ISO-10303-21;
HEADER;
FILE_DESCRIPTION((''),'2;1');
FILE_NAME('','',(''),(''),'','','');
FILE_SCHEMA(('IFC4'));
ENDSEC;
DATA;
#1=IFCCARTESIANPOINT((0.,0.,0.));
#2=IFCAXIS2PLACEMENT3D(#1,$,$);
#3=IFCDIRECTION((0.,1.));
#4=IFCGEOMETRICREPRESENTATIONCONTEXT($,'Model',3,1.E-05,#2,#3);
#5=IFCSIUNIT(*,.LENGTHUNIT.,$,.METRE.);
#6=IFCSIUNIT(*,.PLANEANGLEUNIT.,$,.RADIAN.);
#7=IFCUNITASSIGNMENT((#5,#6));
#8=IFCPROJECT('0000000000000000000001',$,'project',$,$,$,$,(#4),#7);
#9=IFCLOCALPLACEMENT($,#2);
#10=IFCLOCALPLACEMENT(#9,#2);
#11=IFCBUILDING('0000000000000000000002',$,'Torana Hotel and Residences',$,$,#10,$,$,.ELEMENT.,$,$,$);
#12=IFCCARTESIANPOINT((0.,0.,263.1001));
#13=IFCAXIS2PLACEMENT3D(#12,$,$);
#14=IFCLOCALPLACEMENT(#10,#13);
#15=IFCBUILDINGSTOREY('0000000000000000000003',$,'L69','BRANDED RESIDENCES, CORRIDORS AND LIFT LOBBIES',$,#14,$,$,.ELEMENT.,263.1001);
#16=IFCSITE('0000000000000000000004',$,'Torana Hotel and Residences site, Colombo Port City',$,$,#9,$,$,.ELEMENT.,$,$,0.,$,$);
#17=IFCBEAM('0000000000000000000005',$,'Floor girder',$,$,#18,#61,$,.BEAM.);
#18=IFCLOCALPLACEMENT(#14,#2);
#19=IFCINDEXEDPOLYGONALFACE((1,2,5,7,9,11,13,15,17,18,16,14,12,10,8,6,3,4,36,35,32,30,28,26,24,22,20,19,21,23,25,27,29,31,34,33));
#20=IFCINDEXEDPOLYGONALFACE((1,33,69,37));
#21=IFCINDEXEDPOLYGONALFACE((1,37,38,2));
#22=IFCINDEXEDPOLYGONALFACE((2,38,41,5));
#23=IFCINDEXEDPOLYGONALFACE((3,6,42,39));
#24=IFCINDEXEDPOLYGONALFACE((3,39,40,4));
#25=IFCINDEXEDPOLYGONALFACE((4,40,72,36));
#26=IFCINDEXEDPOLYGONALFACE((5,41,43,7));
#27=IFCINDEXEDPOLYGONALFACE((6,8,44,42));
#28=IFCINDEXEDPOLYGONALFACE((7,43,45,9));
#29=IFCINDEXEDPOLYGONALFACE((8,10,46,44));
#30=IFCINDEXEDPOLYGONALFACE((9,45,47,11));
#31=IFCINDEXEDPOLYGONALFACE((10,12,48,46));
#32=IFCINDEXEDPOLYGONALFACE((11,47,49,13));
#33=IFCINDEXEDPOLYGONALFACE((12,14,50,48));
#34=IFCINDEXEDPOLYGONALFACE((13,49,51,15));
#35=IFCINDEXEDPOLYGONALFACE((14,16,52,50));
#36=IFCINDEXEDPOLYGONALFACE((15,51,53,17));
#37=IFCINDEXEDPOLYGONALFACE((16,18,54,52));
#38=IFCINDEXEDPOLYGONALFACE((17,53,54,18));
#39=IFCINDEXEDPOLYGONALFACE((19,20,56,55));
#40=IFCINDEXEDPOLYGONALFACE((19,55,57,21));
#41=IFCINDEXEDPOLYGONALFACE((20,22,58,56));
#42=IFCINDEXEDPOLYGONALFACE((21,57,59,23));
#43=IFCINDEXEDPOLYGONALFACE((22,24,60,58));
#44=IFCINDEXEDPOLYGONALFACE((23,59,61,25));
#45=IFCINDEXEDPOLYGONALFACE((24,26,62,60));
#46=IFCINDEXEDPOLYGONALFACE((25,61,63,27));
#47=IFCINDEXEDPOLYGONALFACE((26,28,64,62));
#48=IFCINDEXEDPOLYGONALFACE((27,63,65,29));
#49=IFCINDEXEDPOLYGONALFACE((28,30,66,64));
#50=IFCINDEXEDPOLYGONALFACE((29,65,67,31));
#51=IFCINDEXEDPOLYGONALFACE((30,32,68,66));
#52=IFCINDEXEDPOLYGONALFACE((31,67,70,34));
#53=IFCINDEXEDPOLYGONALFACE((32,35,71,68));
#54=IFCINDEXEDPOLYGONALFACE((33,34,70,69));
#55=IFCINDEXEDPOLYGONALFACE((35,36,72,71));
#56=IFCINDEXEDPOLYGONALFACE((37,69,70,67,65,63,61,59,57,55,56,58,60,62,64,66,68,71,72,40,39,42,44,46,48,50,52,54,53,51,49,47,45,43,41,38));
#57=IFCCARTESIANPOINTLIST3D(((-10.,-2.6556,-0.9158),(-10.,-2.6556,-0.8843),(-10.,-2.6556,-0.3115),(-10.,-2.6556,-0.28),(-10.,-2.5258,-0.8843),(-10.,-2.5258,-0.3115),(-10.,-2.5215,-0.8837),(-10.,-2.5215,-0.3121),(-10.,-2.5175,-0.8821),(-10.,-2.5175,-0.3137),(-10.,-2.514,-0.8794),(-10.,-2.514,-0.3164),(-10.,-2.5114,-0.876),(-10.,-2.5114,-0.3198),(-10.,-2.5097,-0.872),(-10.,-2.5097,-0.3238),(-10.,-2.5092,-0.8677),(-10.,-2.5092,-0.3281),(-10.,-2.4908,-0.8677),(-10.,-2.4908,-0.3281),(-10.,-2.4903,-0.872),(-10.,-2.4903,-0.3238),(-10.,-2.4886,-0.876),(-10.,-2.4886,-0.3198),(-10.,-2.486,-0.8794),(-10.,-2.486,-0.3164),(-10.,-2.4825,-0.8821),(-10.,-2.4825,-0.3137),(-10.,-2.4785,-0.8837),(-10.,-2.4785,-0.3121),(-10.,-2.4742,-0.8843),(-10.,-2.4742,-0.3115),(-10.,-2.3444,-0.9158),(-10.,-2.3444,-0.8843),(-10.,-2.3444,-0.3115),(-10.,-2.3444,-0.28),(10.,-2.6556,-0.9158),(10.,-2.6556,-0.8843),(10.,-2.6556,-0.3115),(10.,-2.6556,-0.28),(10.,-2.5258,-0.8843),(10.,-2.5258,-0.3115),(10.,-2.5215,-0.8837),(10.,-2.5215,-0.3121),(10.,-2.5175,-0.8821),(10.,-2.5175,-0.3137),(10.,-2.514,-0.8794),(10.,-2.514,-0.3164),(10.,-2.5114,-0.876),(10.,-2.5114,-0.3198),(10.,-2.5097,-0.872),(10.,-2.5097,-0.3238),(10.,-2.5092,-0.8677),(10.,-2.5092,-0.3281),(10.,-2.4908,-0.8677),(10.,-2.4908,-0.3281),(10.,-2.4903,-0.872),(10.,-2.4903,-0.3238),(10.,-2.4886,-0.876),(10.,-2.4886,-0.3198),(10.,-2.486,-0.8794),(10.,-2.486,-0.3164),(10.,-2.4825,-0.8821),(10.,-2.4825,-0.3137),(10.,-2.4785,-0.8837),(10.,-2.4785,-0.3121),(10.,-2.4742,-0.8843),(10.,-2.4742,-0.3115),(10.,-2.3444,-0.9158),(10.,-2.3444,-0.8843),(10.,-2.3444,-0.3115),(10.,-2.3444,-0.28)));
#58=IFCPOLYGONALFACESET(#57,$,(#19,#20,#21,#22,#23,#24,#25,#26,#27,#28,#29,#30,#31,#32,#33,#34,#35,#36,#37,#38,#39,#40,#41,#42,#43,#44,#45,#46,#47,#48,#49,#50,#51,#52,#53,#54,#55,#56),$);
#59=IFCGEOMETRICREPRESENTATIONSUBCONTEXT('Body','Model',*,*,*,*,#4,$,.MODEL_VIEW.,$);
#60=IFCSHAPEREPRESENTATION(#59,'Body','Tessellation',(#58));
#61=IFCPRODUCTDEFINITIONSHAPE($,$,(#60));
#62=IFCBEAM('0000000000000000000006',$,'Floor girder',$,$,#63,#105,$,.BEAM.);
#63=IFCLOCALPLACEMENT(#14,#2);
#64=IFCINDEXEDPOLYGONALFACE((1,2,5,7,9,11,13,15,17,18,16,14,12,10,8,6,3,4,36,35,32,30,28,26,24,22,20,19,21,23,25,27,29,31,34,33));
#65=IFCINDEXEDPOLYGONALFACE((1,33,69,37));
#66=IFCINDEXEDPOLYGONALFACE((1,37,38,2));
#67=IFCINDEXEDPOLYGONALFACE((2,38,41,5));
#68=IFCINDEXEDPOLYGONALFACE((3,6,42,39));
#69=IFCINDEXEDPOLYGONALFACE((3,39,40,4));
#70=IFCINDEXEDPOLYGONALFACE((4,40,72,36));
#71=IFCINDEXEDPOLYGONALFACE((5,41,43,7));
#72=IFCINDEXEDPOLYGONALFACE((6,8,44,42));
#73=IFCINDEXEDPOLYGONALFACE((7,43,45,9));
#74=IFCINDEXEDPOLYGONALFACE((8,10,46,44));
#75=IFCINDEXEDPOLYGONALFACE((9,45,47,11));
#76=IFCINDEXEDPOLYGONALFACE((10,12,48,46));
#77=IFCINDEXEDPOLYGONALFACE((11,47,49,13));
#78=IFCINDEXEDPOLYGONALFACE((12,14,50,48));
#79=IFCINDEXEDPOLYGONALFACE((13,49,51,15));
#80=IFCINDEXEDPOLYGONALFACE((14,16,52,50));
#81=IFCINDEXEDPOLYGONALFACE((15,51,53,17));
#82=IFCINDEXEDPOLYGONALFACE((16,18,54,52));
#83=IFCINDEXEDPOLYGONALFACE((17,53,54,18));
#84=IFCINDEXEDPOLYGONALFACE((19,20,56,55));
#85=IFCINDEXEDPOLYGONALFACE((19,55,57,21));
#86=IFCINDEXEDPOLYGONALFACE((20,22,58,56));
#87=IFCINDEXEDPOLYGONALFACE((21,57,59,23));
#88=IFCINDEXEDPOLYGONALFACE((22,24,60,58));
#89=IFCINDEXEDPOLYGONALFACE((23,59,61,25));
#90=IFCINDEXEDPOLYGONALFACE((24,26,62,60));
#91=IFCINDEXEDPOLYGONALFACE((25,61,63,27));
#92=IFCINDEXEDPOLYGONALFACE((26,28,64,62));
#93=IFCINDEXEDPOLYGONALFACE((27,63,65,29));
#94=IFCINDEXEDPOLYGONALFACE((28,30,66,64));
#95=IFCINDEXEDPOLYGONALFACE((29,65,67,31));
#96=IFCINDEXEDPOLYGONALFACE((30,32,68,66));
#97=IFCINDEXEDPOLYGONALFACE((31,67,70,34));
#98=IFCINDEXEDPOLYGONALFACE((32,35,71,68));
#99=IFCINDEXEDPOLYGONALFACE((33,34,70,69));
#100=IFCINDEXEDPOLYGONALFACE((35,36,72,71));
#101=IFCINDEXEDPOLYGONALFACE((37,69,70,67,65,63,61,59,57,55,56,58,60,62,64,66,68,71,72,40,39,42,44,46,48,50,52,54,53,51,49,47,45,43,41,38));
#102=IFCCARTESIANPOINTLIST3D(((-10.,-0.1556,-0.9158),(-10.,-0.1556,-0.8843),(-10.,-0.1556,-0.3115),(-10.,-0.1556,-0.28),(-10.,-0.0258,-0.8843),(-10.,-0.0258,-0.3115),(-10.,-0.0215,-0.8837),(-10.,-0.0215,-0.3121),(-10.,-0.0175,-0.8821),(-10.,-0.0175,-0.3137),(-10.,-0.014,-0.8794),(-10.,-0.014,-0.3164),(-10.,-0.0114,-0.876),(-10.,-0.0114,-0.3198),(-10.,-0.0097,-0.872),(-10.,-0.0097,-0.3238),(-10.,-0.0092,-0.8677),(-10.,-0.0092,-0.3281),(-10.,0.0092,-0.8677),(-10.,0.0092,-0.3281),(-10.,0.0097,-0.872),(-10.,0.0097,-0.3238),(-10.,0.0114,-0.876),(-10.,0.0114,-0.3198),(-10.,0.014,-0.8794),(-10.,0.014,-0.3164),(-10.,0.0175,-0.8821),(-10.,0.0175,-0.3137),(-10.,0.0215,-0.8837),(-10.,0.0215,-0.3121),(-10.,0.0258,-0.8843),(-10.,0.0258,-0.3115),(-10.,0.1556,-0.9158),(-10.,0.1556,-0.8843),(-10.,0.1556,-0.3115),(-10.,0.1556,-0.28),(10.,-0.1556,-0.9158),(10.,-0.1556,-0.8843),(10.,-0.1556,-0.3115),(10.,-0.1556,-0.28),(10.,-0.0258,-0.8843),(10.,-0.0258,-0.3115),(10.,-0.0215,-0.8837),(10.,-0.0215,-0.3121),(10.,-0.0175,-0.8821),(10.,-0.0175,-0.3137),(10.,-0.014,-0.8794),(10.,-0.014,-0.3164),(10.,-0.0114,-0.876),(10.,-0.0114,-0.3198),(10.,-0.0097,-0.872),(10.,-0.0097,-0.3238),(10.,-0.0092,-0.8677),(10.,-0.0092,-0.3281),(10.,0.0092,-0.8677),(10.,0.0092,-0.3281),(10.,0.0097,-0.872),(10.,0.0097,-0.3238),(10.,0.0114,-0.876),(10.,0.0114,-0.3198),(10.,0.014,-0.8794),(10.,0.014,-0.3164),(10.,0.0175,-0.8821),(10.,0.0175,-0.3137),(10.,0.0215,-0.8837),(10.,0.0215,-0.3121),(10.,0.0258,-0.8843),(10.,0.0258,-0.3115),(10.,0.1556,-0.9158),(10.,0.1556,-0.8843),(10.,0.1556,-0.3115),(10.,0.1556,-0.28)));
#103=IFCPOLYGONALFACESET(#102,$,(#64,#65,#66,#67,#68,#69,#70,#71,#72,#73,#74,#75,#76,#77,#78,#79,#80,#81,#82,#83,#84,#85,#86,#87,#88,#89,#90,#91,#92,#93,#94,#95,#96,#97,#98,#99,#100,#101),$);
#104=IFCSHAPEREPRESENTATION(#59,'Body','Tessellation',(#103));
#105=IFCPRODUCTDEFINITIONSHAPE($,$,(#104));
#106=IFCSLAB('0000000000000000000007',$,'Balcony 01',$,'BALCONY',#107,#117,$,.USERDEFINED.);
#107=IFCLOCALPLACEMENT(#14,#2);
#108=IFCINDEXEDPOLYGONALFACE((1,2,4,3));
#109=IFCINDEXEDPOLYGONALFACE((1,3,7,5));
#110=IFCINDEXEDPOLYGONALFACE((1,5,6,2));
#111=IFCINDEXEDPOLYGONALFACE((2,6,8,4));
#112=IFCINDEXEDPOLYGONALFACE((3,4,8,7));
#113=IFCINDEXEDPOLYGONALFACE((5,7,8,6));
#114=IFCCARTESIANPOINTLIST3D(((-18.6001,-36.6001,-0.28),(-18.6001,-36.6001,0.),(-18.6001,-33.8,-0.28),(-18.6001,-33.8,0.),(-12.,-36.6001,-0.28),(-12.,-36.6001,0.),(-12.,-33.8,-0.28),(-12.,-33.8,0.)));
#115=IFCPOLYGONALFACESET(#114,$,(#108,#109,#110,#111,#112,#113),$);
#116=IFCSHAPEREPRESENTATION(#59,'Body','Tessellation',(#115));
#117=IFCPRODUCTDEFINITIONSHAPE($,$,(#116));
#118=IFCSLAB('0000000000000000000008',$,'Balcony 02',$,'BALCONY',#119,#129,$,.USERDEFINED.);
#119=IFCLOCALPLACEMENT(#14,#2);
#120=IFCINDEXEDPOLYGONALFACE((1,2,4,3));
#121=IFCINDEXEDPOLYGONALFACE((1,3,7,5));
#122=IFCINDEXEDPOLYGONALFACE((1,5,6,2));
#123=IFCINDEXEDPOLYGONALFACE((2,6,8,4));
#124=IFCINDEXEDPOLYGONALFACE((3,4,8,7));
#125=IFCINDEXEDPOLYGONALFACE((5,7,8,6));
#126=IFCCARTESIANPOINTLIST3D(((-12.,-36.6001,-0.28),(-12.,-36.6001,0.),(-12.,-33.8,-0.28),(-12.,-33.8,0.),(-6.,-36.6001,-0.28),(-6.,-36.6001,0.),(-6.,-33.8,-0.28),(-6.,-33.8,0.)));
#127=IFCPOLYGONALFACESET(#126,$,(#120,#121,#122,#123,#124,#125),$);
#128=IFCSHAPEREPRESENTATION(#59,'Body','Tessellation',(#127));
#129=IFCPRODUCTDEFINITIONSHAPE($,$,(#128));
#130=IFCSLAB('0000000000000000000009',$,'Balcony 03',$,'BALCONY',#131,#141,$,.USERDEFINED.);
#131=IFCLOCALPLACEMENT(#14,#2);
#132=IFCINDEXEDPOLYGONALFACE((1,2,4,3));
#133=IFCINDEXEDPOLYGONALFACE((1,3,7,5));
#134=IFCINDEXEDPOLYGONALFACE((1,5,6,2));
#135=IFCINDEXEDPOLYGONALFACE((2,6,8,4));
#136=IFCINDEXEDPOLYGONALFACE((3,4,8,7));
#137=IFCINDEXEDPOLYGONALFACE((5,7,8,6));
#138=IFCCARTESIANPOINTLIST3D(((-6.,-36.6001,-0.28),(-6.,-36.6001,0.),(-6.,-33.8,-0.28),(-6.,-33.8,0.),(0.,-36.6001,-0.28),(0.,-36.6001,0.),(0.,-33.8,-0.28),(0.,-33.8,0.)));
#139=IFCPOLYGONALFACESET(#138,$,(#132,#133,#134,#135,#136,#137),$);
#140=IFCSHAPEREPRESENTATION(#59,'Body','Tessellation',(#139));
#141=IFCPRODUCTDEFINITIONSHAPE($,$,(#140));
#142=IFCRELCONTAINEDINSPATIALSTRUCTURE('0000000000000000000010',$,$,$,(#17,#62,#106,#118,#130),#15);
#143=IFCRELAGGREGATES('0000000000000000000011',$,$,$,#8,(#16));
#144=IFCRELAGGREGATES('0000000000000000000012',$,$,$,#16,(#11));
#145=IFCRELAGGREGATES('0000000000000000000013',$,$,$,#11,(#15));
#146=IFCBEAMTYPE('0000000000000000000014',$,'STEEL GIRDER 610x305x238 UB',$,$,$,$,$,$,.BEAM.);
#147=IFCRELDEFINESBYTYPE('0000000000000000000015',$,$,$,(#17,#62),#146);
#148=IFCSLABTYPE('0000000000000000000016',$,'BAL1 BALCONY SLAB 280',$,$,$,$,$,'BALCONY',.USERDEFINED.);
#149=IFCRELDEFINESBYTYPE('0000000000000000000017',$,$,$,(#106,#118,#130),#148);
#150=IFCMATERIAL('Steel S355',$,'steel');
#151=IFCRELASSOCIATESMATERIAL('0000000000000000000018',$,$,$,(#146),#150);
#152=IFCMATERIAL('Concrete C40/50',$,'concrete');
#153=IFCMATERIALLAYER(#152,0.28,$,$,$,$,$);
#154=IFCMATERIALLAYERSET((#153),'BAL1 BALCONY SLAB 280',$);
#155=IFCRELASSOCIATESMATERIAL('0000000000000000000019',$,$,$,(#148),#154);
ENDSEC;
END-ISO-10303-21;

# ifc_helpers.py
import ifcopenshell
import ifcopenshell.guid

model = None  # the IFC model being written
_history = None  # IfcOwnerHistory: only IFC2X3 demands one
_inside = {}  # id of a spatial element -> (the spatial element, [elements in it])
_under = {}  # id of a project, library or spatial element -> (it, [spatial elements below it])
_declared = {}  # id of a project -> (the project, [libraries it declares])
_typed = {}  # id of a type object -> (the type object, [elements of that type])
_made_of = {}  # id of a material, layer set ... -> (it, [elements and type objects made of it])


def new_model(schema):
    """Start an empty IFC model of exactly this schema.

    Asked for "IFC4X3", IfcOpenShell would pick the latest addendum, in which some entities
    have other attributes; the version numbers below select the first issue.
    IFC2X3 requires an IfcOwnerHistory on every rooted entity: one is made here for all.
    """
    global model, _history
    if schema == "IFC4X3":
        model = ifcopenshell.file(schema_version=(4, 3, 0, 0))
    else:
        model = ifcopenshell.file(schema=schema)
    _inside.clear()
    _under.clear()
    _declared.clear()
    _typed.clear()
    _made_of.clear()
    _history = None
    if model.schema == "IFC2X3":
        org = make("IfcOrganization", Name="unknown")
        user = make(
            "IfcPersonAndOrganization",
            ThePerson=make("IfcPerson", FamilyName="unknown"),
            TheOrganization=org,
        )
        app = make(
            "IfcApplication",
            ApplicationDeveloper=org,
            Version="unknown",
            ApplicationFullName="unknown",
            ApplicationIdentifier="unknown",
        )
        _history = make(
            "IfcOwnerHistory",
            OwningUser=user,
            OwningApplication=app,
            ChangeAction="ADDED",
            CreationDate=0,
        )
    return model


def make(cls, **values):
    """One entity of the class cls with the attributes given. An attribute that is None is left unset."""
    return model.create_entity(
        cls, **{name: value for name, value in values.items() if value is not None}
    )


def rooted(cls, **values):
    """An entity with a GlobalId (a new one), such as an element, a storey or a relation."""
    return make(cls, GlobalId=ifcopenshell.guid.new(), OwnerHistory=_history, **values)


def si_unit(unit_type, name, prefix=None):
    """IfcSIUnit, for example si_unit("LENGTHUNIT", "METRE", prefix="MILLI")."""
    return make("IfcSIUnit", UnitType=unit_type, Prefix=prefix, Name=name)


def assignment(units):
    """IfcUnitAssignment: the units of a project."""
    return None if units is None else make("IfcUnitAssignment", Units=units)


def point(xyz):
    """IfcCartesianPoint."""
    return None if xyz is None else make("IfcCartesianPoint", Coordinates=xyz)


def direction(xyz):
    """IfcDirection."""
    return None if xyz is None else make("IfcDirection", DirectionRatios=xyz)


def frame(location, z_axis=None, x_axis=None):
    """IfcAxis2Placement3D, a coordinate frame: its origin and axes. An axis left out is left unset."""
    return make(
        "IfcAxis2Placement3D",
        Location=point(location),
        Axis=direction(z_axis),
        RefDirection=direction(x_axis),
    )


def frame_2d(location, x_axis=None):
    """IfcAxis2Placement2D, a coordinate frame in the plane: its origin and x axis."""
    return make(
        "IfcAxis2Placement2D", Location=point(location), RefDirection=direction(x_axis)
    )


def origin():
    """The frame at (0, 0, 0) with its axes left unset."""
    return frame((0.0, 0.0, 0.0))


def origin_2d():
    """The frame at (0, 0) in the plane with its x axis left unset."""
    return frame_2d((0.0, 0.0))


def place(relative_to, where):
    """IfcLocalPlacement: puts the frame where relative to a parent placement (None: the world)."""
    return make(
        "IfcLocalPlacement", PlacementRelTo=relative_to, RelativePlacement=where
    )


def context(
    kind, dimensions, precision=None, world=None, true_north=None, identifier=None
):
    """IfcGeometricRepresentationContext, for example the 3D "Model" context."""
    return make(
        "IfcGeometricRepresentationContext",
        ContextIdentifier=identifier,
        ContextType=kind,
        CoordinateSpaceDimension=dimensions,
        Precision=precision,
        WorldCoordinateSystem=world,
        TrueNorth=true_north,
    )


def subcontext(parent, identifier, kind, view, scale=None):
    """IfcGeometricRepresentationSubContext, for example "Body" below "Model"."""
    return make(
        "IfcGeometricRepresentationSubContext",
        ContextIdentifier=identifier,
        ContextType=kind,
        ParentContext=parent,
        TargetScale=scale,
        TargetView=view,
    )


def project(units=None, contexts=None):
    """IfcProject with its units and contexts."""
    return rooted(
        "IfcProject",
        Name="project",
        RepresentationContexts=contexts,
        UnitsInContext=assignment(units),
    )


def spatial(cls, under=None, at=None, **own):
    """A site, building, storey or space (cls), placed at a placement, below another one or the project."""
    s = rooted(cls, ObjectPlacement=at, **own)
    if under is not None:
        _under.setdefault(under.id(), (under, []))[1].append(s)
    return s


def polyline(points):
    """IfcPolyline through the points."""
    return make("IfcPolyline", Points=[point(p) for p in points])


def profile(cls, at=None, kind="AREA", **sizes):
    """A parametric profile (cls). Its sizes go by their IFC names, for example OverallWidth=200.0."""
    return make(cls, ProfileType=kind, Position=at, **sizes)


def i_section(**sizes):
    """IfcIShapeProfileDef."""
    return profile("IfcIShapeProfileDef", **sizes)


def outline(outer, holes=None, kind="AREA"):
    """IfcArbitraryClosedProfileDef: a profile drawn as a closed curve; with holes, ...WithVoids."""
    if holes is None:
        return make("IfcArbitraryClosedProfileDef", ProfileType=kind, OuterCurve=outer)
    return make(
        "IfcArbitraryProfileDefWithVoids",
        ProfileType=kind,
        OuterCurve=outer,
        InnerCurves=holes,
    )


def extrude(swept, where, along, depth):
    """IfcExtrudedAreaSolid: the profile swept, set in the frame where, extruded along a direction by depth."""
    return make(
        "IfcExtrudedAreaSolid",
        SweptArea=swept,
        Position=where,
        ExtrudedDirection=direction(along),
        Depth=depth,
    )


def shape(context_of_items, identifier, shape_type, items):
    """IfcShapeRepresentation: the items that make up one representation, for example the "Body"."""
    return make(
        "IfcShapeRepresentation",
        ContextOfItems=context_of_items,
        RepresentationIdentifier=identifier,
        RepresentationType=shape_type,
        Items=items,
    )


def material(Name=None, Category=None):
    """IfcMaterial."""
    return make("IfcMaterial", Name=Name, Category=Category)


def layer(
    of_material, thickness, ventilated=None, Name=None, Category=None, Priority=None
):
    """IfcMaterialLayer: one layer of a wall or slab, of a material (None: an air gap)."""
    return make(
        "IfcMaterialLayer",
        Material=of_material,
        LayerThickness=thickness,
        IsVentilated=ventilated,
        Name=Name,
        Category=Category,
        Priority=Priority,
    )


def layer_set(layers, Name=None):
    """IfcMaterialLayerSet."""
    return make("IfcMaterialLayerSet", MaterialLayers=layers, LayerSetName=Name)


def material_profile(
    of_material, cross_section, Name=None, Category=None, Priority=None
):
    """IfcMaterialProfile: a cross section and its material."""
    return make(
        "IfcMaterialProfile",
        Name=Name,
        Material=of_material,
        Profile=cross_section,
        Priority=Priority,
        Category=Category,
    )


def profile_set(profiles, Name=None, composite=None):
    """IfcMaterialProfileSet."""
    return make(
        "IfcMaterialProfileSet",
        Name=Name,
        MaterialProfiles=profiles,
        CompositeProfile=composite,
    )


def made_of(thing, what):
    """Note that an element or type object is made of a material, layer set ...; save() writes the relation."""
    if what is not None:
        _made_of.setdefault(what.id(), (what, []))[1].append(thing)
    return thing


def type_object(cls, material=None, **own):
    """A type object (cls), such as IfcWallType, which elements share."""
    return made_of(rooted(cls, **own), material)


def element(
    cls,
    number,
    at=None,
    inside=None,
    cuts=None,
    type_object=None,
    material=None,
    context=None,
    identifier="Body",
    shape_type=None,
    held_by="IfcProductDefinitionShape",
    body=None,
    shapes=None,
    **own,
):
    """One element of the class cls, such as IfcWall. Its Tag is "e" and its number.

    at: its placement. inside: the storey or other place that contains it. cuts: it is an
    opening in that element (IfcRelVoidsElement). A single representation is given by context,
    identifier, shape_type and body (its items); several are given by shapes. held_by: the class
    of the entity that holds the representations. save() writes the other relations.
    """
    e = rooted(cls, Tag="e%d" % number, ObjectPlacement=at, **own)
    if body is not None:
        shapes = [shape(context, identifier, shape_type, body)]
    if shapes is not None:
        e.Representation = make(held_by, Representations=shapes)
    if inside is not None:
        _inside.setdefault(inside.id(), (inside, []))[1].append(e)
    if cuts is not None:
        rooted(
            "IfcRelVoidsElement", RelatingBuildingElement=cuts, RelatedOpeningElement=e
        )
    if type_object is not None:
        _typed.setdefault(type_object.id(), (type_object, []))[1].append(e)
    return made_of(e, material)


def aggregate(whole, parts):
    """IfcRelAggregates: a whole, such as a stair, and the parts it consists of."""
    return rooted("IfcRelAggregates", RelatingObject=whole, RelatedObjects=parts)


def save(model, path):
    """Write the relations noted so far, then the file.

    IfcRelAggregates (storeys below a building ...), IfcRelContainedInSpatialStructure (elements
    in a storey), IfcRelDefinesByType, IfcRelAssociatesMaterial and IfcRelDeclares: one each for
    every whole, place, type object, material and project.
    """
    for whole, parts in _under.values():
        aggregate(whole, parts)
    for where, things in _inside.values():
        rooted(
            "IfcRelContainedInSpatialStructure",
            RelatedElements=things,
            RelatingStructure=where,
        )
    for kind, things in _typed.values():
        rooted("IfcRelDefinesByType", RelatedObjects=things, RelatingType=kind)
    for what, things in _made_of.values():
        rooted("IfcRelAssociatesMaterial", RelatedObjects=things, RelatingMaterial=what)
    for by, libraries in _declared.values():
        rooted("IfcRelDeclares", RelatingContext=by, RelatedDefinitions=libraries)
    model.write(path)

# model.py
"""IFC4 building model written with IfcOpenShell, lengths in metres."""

from ifc_helpers import new_model, si_unit, direction, frame, origin, origin_2d, place, context, subcontext, project, spatial, polyline, i_section, outline, extrude, material, layer, layer_set, material_profile, profile_set, type_object, element, save


model = new_model("IFC4")

# Units and contexts
model_context = context("Model", 3, precision=1e-05, world=origin(), true_north=direction((0.0, 1.0)))
body_context = subcontext(model_context, "Body", "Model", "MODEL_VIEW")
ifc_project = project(units=[si_unit("LENGTHUNIT", "METRE"), si_unit("PLANEANGLEUNIT", "RADIAN")], contexts=[model_context])

# Site, building, storey
site_placement = place(None, origin())
site = spatial("IfcSite", under=ifc_project, at=site_placement, Name="Torana Hotel and Residences site, Colombo Port City", CompositionType="ELEMENT", RefElevation=0.0)
building_placement = place(site_placement, origin())
building = spatial("IfcBuilding", under=site, at=building_placement, Name="Torana Hotel and Residences", CompositionType="ELEMENT")
storey_placement = place(building_placement, frame((0.0, 0.0, 263.1001)))
storey = spatial("IfcBuildingStorey", under=building, at=storey_placement, Name="L69", Description="BRANDED RESIDENCES, CORRIDORS AND LIFT LOBBIES", CompositionType="ELEMENT", Elevation=263.1001)

# Beams
ifc_material_1 = material(Name="Steel S355", Category="steel")
ifc_material_profile = material_profile(ifc_material_1, i_section(OverallWidth=0.3113, OverallDepth=0.6357, WebThickness=0.0183, FlangeThickness=0.0315, FilletRadius=0.0166, at=origin_2d()), Name="610x305x238 UB")
ifc_profile_set = profile_set([ifc_material_profile], Name="Steel S355")
beam_type = type_object("IfcBeamType", Name="STEEL GIRDER 610x305x238 UB", PredefinedType="BEAM", material=ifc_profile_set)
for number, where, z_axis, x_axis, name in (
    (1, (-10.0, -2.5, -0.5979), (1.0, 0.0, 0.0), (0.0, 1.0, 0.0), "Floor girder"),
    (2, (-10.0, 0.0, -0.5979), (1.0, 0.0, 0.0), (0.0, 1.0, 0.0), "Floor girder"),
):
    element("IfcBeam", number, at=place(storey_placement, frame(where, z_axis=z_axis, x_axis=x_axis)), inside=storey, type_object=beam_type, Name=name, PredefinedType="BEAM", context=body_context, shape_type="SweptSolid", body=[
        extrude(i_section(OverallWidth=0.3113, OverallDepth=0.6357, WebThickness=0.0183, FlangeThickness=0.0315, FilletRadius=0.0166, at=origin_2d()), origin(), (0.0, 0.0, 1.0), 20.0),
    ])

# Slabs
ifc_material_2 = material(Name="Concrete C40/50", Category="concrete")
ifc_layer_1 = layer(ifc_material_2, 0.28)
ifc_layer_set_1 = layer_set([ifc_layer_1], Name="BAL1 BALCONY SLAB 280")
slab_type_1 = type_object("IfcSlabType", Name="BAL1 BALCONY SLAB 280", ElementType="BALCONY", PredefinedType="USERDEFINED", material=ifc_layer_set_1)
slab_1_placement = place(storey_placement, frame((0.0, 0.0, -0.28)))
element("IfcSlab", 3, at=slab_1_placement, inside=storey, type_object=slab_type_1, Name="Balcony 01", ObjectType="BALCONY", PredefinedType="USERDEFINED", context=body_context, shape_type="SweptSolid", body=[
    extrude(outline(polyline([(-18.6001, -36.6001), (-12.0, -36.6001), (-12.0, -33.8), (-18.6001, -33.8), (-18.6001, -36.6001)])), origin(), (0.0, 0.0, 1.0), 0.28),
])
slab_2_placement = place(storey_placement, frame((0.0, 0.0, -0.28)))
element("IfcSlab", 4, at=slab_2_placement, inside=storey, type_object=slab_type_1, Name="Balcony 02", ObjectType="BALCONY", PredefinedType="USERDEFINED", context=body_context, shape_type="SweptSolid", body=[
    extrude(outline(polyline([(-12.0, -36.6001), (-6.0, -36.6001), (-6.0, -33.8), (-12.0, -33.8), (-12.0, -36.6001)])), origin(), (0.0, 0.0, 1.0), 0.28),
])
slab_3_placement = place(storey_placement, frame((0.0, 0.0, -0.28)))
element("IfcSlab", 5, at=slab_3_placement, inside=storey, type_object=slab_type_1, Name="Balcony 03", ObjectType="BALCONY", PredefinedType="USERDEFINED", context=body_context, shape_type="SweptSolid", body=[
    extrude(outline(polyline([(-6.0, -36.6001), (0.0, -36.6001), (0.0, -33.8), (-6.0, -33.8), (-6.0, -36.6001)])), origin(), (0.0, 0.0, 1.0), 0.28),
])

save(model, "model.ifc")
